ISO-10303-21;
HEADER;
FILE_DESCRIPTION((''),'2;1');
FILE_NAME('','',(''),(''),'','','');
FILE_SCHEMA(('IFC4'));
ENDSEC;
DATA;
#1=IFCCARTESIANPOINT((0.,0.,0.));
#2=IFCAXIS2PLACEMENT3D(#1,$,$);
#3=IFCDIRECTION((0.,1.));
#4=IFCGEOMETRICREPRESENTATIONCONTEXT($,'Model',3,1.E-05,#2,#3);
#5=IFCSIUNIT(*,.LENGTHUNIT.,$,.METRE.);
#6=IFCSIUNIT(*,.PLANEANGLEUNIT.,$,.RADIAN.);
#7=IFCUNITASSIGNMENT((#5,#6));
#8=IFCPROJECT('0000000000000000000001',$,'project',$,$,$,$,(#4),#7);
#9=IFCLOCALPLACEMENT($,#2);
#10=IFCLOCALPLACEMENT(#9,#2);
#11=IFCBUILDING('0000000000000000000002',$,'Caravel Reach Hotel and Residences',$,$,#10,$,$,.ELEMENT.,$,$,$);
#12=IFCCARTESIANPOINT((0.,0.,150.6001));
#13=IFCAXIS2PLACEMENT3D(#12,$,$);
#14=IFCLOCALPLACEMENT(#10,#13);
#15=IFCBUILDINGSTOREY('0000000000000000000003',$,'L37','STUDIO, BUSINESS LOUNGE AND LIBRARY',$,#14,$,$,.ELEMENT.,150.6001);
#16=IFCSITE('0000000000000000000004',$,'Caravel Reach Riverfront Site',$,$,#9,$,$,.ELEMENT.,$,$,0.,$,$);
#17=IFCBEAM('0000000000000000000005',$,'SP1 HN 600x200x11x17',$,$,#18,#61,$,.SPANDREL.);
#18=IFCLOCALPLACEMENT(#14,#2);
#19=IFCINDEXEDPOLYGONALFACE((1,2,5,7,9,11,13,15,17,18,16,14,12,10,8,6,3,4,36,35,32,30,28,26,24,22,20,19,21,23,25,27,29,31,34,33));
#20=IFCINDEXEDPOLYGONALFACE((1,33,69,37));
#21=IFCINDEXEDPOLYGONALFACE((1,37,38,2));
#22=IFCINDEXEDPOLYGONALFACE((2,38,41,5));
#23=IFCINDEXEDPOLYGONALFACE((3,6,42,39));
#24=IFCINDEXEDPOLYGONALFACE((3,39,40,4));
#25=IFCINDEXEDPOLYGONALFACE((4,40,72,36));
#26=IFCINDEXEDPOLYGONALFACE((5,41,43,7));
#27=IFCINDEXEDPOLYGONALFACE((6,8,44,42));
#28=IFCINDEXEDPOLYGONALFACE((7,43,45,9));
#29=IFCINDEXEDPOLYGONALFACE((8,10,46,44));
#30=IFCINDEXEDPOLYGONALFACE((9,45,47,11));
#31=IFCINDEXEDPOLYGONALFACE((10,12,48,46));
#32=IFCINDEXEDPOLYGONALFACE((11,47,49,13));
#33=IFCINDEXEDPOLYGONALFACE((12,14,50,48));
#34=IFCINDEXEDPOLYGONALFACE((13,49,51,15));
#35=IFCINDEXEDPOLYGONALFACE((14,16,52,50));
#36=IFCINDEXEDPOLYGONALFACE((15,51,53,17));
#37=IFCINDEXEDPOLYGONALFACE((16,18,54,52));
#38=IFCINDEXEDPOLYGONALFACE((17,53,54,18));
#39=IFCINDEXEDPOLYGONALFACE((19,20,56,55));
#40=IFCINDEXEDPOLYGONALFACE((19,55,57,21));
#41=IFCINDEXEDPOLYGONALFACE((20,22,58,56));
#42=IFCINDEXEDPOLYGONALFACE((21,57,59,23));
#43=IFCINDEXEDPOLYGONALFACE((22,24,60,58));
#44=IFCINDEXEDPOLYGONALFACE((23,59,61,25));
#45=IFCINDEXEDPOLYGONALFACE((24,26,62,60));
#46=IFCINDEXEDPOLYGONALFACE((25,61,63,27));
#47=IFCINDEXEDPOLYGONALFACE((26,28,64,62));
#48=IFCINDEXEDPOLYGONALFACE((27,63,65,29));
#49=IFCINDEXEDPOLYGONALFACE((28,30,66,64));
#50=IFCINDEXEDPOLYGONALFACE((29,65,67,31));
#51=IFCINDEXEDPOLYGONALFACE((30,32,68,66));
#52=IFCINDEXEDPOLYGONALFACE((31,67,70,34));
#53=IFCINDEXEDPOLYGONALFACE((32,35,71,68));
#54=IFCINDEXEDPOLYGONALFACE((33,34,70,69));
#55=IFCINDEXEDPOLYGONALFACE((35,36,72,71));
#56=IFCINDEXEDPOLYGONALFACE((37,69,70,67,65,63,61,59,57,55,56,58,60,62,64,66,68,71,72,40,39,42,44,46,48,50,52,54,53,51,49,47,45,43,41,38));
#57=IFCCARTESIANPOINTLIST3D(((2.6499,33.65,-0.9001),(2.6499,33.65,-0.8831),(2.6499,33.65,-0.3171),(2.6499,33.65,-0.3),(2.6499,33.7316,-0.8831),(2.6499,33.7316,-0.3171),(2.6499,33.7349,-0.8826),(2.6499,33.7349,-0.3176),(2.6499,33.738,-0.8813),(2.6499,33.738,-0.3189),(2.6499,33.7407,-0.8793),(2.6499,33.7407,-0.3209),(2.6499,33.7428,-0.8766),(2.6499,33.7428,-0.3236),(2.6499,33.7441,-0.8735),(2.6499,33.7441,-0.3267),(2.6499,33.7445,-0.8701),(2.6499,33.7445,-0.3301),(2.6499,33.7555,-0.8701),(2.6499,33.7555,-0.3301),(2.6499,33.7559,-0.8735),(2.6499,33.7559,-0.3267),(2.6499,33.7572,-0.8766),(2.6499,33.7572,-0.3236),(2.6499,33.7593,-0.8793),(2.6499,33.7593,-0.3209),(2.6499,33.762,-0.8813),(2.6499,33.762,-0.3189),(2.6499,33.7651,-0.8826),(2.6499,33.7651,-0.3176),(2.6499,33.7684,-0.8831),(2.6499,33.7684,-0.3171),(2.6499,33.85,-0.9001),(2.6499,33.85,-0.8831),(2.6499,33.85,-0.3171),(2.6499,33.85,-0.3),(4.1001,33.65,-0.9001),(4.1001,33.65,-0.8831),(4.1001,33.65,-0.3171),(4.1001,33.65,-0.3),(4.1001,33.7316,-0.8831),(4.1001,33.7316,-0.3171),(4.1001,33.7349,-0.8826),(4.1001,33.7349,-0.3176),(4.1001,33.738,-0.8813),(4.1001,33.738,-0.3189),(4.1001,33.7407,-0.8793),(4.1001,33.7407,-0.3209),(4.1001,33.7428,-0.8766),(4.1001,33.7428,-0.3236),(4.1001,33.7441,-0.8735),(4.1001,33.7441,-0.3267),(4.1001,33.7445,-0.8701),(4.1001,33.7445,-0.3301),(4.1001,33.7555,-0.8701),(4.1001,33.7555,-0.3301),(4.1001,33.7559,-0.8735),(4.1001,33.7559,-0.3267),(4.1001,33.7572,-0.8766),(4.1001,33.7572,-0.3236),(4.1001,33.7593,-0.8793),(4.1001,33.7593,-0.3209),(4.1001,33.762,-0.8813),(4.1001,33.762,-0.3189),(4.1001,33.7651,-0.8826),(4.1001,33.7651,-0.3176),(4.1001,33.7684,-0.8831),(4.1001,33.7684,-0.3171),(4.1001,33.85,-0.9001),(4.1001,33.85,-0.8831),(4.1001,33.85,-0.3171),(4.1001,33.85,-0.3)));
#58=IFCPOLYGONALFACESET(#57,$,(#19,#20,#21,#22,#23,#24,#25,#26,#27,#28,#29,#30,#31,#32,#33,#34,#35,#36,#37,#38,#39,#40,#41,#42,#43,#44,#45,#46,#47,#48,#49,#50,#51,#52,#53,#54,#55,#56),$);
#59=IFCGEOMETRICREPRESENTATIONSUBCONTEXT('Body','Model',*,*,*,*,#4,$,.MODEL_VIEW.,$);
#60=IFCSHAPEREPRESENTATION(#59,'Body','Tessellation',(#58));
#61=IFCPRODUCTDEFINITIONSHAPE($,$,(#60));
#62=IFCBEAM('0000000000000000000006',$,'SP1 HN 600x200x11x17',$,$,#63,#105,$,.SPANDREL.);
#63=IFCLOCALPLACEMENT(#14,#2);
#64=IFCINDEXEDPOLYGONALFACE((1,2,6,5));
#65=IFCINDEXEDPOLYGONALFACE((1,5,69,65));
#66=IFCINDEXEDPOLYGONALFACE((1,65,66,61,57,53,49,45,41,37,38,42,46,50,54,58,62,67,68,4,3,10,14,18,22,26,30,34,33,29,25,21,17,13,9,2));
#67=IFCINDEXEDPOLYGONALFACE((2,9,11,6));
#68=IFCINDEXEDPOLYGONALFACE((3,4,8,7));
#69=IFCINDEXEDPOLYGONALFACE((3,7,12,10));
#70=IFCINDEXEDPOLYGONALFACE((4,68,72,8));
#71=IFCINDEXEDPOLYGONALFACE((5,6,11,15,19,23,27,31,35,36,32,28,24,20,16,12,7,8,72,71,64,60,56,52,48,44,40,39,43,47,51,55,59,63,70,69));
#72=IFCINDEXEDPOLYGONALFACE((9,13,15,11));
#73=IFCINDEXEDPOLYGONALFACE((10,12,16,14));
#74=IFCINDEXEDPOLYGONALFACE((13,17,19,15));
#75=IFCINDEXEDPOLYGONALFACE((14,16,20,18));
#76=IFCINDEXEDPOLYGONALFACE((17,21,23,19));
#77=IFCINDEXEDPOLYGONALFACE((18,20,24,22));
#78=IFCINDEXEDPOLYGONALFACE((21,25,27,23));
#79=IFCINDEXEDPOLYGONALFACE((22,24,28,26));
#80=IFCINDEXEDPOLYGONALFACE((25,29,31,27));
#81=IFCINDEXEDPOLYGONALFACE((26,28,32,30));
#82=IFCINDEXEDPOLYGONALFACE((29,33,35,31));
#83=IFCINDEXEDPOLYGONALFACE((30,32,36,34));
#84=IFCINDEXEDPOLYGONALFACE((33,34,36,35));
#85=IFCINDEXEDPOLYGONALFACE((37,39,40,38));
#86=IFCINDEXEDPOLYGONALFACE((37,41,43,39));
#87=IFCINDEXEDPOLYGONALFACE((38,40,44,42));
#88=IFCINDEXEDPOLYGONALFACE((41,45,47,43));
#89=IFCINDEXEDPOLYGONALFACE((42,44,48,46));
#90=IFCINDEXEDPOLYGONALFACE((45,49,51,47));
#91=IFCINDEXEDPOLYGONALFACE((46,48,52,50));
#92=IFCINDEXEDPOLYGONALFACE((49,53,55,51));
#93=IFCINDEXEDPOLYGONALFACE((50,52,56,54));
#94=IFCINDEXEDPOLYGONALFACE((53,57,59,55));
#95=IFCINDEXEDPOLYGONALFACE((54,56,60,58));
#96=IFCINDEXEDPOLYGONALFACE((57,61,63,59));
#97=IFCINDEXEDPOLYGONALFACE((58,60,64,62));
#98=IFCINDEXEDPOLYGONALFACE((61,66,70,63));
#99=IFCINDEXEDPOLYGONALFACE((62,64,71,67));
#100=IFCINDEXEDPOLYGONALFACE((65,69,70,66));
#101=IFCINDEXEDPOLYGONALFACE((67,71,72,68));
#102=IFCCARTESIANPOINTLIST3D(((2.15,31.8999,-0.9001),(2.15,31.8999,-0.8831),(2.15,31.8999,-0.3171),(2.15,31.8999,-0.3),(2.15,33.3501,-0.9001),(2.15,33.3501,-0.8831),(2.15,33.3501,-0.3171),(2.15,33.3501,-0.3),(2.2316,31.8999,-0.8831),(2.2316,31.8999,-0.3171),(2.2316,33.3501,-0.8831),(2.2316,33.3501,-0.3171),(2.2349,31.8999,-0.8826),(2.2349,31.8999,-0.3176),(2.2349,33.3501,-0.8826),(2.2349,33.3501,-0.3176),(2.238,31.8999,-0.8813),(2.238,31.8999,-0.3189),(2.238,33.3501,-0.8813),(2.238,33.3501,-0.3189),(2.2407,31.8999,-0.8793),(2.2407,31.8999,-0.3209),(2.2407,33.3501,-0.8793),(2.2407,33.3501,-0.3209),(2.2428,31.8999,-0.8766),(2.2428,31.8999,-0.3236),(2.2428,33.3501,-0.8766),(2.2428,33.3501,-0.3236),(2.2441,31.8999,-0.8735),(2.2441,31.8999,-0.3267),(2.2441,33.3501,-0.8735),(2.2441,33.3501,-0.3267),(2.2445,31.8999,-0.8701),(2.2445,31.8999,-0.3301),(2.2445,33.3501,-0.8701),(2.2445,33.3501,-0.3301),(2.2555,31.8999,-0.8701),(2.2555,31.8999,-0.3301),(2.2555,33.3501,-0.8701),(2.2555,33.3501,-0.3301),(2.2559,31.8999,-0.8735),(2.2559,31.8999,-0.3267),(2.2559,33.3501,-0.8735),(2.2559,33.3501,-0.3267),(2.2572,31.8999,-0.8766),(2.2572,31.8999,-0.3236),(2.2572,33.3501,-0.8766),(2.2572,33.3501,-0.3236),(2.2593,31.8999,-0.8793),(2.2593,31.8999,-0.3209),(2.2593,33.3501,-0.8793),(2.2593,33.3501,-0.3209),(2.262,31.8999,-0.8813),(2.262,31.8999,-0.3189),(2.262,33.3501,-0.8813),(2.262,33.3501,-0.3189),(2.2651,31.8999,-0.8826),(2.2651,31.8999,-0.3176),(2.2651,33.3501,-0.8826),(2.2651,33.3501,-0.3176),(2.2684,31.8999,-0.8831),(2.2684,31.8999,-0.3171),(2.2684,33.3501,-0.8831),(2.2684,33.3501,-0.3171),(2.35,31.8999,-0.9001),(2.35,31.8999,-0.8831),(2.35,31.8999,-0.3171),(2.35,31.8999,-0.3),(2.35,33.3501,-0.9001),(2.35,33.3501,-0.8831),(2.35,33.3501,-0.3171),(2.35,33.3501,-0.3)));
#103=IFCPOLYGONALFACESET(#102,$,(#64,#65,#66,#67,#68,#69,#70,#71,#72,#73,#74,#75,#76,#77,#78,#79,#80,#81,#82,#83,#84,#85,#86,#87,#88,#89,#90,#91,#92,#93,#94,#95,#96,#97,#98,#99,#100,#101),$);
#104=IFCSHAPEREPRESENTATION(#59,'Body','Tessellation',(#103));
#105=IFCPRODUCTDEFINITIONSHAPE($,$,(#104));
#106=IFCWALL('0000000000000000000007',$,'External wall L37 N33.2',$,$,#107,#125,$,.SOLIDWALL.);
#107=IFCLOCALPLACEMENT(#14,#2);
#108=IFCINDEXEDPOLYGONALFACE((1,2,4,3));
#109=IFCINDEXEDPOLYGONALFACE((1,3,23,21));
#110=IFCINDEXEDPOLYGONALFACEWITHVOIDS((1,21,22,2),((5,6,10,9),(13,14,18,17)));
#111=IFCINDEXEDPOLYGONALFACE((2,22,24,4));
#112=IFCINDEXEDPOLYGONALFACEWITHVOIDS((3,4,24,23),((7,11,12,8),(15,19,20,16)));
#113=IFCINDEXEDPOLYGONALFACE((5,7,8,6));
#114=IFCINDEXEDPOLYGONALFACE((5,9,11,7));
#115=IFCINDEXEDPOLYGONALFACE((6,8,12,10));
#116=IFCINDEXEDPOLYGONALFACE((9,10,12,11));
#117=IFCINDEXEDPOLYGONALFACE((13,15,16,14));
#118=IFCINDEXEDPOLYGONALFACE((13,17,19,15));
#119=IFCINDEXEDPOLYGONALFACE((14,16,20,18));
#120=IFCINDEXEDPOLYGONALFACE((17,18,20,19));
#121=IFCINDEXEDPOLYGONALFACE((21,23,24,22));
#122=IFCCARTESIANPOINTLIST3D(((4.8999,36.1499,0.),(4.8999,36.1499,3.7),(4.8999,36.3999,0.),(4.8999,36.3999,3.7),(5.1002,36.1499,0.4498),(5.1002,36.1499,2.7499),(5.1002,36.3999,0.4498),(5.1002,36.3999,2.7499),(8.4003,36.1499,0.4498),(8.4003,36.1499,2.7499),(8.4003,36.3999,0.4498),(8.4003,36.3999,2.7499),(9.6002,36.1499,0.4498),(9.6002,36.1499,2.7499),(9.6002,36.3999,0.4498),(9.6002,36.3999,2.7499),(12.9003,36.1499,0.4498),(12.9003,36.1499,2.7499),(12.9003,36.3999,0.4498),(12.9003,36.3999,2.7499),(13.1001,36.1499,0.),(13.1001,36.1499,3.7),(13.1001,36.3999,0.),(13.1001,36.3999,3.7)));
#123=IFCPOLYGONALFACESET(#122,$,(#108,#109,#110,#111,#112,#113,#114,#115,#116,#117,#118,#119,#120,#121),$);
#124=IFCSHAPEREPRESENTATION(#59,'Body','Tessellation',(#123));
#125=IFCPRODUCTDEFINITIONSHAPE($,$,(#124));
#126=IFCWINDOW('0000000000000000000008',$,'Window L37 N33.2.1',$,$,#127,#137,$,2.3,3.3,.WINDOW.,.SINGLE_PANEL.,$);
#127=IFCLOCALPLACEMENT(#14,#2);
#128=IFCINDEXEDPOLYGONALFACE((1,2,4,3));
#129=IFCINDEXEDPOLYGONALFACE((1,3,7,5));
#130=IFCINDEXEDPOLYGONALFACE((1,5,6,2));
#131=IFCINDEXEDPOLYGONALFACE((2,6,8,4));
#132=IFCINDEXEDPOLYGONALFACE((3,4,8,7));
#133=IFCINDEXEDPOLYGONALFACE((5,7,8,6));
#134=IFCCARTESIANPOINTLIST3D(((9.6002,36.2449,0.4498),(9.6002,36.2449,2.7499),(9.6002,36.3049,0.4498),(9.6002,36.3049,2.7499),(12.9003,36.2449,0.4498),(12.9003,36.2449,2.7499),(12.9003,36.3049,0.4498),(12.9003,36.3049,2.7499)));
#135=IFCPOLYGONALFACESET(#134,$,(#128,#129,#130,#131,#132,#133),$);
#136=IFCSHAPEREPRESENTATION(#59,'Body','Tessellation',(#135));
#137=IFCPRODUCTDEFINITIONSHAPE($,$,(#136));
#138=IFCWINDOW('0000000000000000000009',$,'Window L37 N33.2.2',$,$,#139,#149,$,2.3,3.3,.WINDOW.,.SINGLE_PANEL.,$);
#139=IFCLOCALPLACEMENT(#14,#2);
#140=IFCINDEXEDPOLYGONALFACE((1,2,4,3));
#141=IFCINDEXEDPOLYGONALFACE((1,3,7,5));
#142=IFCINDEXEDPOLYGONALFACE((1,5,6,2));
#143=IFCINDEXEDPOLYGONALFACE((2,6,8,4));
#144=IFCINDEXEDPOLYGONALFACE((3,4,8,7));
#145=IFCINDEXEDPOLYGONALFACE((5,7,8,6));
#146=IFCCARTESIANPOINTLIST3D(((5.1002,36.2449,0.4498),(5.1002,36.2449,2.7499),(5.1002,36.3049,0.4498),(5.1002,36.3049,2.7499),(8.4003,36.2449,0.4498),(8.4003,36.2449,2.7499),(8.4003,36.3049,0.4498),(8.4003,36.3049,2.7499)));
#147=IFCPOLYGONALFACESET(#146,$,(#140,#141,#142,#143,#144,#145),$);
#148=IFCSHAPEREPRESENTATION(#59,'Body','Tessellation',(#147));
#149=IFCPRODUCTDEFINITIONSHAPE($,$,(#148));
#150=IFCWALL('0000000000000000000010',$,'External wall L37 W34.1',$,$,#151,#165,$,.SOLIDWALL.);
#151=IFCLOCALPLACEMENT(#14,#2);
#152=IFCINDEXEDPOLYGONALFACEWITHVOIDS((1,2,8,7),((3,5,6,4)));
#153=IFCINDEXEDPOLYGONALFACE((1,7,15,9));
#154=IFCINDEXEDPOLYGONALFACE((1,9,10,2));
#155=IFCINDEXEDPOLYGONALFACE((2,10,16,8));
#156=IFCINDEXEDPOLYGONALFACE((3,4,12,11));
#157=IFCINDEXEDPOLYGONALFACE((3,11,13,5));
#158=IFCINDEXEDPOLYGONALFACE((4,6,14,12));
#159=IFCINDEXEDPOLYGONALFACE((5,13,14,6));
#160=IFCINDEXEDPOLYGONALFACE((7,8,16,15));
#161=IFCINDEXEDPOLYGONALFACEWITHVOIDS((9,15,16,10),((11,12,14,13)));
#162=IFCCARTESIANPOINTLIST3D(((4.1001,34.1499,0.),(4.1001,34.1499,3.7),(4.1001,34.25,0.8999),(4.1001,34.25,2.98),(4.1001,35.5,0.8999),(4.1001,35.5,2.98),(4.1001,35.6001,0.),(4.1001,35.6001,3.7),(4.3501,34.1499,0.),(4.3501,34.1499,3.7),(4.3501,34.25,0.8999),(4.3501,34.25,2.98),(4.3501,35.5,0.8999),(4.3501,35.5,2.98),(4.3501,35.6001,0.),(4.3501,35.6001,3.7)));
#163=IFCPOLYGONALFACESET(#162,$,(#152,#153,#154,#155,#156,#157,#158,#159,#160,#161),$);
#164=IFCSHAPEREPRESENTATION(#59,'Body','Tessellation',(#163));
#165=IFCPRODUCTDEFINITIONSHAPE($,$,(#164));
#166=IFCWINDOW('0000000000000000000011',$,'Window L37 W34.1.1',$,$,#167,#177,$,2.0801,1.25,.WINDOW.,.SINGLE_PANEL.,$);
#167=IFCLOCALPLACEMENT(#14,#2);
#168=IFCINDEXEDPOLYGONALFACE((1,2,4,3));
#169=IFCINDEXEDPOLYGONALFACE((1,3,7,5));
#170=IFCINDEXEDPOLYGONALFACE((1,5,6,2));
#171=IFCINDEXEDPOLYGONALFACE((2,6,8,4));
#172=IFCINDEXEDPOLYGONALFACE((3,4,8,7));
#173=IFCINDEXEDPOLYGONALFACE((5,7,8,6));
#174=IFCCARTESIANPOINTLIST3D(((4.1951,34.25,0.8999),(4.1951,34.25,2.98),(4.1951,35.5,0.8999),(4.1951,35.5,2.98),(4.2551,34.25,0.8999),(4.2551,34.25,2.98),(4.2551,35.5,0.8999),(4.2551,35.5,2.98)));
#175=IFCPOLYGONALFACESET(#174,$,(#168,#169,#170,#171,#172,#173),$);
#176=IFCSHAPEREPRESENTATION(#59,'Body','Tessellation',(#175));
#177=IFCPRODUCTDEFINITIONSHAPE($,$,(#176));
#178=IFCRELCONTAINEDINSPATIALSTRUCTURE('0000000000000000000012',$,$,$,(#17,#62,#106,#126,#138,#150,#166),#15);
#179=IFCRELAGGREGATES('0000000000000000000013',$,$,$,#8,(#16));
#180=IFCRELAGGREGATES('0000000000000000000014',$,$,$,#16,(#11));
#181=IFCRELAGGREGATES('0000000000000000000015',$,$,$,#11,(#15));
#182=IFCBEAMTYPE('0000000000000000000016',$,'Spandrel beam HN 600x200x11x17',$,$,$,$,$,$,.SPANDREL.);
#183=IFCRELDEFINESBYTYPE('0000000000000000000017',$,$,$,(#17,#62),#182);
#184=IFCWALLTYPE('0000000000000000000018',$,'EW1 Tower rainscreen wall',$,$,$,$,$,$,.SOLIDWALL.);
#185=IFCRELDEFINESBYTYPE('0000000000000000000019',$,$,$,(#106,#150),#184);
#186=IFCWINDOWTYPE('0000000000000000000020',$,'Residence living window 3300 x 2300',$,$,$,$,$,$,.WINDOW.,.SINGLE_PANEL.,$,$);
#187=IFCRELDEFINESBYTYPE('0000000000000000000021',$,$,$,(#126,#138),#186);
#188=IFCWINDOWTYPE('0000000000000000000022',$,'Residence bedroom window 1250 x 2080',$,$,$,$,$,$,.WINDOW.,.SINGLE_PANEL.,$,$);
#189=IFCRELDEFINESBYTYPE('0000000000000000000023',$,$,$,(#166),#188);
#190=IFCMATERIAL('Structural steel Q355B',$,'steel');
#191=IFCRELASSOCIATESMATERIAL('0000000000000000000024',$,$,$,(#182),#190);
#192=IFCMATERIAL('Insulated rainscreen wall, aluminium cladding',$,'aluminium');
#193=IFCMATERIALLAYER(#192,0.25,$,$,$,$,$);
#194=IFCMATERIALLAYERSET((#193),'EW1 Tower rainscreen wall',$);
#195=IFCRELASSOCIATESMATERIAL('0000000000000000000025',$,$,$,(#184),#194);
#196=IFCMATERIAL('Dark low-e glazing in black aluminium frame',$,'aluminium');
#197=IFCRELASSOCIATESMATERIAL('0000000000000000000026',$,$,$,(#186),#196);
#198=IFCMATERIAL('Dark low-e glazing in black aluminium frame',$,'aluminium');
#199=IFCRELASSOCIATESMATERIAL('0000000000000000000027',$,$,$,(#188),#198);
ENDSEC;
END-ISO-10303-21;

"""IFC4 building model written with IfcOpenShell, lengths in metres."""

from ifc_helpers import new_model, si_unit, direction, frame, frame_2d, origin, origin_2d, place, context, subcontext, project, spatial, rectangle, i_section, extrude, material, layer, layer_set, material_profile, profile_set, type_object, element, fill, save


model = new_model("IFC4")

# Units and contexts
model_context = context("Model", 3, precision=1e-05, world=origin(), true_north=direction((0.0, 1.0)))
body_context = subcontext(model_context, "Body", "Model", "MODEL_VIEW")
ifc_project = project(units=[si_unit("LENGTHUNIT", "METRE"), si_unit("PLANEANGLEUNIT", "RADIAN")], contexts=[model_context])

# Site, building, storey
site_placement = place(None, origin())
site = spatial("IfcSite", under=ifc_project, at=site_placement, Name="Caravel Reach Riverfront Site", CompositionType="ELEMENT", RefElevation=0.0)
building_placement = place(site_placement, origin())
building = spatial("IfcBuilding", under=site, at=building_placement, Name="Caravel Reach Hotel and Residences", CompositionType="ELEMENT")
storey_placement = place(building_placement, frame((0.0, 0.0, 150.6001)))
storey = spatial("IfcBuildingStorey", under=building, at=storey_placement, Name="L37", Description="STUDIO, BUSINESS LOUNGE AND LIBRARY", CompositionType="ELEMENT", Elevation=150.6001)

# Beams
ifc_material_1 = material(Name="Structural steel Q355B", Category="steel")
ifc_material_profile_1 = material_profile(ifc_material_1, i_section(OverallWidth=0.2, OverallDepth=0.6001, WebThickness=0.011, FlangeThickness=0.0171, FilletRadius=0.0129, at=origin_2d()), Name="HN 600x200x11x17")
ifc_profile_set_1 = profile_set([ifc_material_profile_1], Name="Structural steel Q355B")
beam_type_1 = type_object("IfcBeamType", Name="Spandrel beam HN 600x200x11x17", PredefinedType="SPANDREL", material=ifc_profile_set_1)
for number, where, z_axis, x_axis, name in (
    (1, (4.1001, 33.75, -0.6001), (-1.0, 0.0, 0.0), (0.0, -1.0, 0.0), "SP1 HN 600x200x11x17"),
    (2, (2.25, 33.3501, -0.6001), (0.0, -1.0, 0.0), (1.0, 0.0, 0.0), "SP1 HN 600x200x11x17"),
):
    element("IfcBeam", number, at=place(storey_placement, frame(where, z_axis=z_axis, x_axis=x_axis)), inside=storey, type_object=beam_type_1, Name=name, PredefinedType="SPANDREL", context=body_context, shape_type="SweptSolid", body=[
        extrude(i_section(OverallWidth=0.2, OverallDepth=0.6001, WebThickness=0.011, FlangeThickness=0.0171, FilletRadius=0.0129, at=origin_2d()), origin(), (0.0, 0.0, 1.0), 1.4502),
    ])

# Wall, openings, windows
ifc_material_2 = material(Name="Insulated rainscreen wall, aluminium cladding", Category="aluminium")
ifc_layer_1 = layer(ifc_material_2, 0.25)
ifc_layer_set_1 = layer_set([ifc_layer_1], Name="EW1 Tower rainscreen wall")
wall_type_1 = type_object("IfcWallType", Name="EW1 Tower rainscreen wall", PredefinedType="SOLIDWALL", material=ifc_layer_set_1)
wall_1_placement = place(storey_placement, frame((13.1001, 36.2749, 0.0), z_axis=(0.0, 0.0, 1.0), x_axis=(-1.0, 0.0, 0.0)))
wall_1 = element("IfcWall", 3, at=wall_1_placement, inside=storey, type_object=wall_type_1, Name="External wall L37 N33.2", PredefinedType="SOLIDWALL", context=body_context, shape_type="SweptSolid", body=[
    extrude(rectangle(XDim=8.2002, YDim=0.25, at=frame_2d((4.1001, 0.0))), origin(), (0.0, 0.0, 1.0), 3.7),
])
opening_1_placement = place(wall_1_placement, frame((0.2, 0.0, 0.45)))
opening_1 = element("IfcOpeningElement", 4, at=opening_1_placement, cuts=wall_1, PredefinedType="OPENING", context=body_context, shape_type="SweptSolid", body=[
    extrude(rectangle(XDim=3.3, YDim=2.3, at=frame_2d((1.6499, 1.1499))), frame((0.0, 0.135, 0.0), z_axis=(0.0, -1.0, 0.0), x_axis=(1.0, 0.0, 0.0)), (0.0, 0.0, 1.0), 0.27),
])
opening_2_placement = place(wall_1_placement, frame((4.7, 0.0, 0.45)))
opening_2 = element("IfcOpeningElement", 5, at=opening_2_placement, cuts=wall_1, PredefinedType="OPENING", context=body_context, shape_type="SweptSolid", body=[
    extrude(rectangle(XDim=3.3, YDim=2.3, at=frame_2d((1.6499, 1.1499))), frame((0.0, 0.135, 0.0), z_axis=(0.0, -1.0, 0.0), x_axis=(1.0, 0.0, 0.0)), (0.0, 0.0, 1.0), 0.27),
])
ifc_material_3 = material(Name="Dark low-e glazing in black aluminium frame", Category="aluminium")
window_type_1 = type_object("IfcWindowType", Name="Residence living window 3300 x 2300", PartitioningType="SINGLE_PANEL", PredefinedType="WINDOW", material=ifc_material_3)
window_1_placement = place(opening_1_placement, origin())
window_1 = element("IfcWindow", 6, at=window_1_placement, inside=storey, type_object=window_type_1, Name="Window L37 N33.2.1", OverallHeight=2.3, OverallWidth=3.3, PartitioningType="SINGLE_PANEL", PredefinedType="WINDOW", context=body_context, shape_type="SweptSolid", body=[
    extrude(rectangle(XDim=3.3, YDim=2.3, at=frame_2d((1.6499, 1.1499))), frame((0.0, 0.03, 0.0), z_axis=(0.0, -1.0, 0.0), x_axis=(1.0, 0.0, 0.0)), (0.0, 0.0, 1.0), 0.0601),
])
fill(opening_1, window_1)
window_2_placement = place(opening_2_placement, origin())
window_2 = element("IfcWindow", 7, at=window_2_placement, inside=storey, type_object=window_type_1, Name="Window L37 N33.2.2", OverallHeight=2.3, OverallWidth=3.3, PartitioningType="SINGLE_PANEL", PredefinedType="WINDOW", context=body_context, shape_type="SweptSolid", body=[
    extrude(rectangle(XDim=3.3, YDim=2.3, at=frame_2d((1.6499, 1.1499))), frame((0.0, 0.03, 0.0), z_axis=(0.0, -1.0, 0.0), x_axis=(1.0, 0.0, 0.0)), (0.0, 0.0, 1.0), 0.0601),
])
fill(opening_2, window_2)

# Wall, opening, window
wall_2_placement = place(storey_placement, frame((4.2251, 35.6001, 0.0), z_axis=(0.0, 0.0, 1.0), x_axis=(0.0, -1.0, 0.0)))
wall_2 = element("IfcWall", 8, at=wall_2_placement, inside=storey, type_object=wall_type_1, Name="External wall L37 W34.1", PredefinedType="SOLIDWALL", context=body_context, shape_type="SweptSolid", body=[
    extrude(rectangle(XDim=1.4502, YDim=0.25, at=frame_2d((0.7251, 0.0))), origin(), (0.0, 0.0, 1.0), 3.7),
])
opening_3_placement = place(wall_2_placement, frame((0.1001, 0.0, 0.8999)))
opening_3 = element("IfcOpeningElement", 9, at=opening_3_placement, cuts=wall_2, PredefinedType="OPENING", context=body_context, shape_type="SweptSolid", body=[
    extrude(rectangle(XDim=1.25, YDim=2.0801, at=frame_2d((0.625, 1.04))), frame((0.0, 0.135, 0.0), z_axis=(0.0, -1.0, 0.0), x_axis=(1.0, 0.0, 0.0)), (0.0, 0.0, 1.0), 0.27),
])
ifc_material_4 = material(Name="Dark low-e glazing in black aluminium frame", Category="aluminium")
window_type_2 = type_object("IfcWindowType", Name="Residence bedroom window 1250 x 2080", PartitioningType="SINGLE_PANEL", PredefinedType="WINDOW", material=ifc_material_4)
window_3_placement = place(opening_3_placement, origin())
window_3 = element("IfcWindow", 10, at=window_3_placement, inside=storey, type_object=window_type_2, Name="Window L37 W34.1.1", OverallHeight=2.0801, OverallWidth=1.25, PartitioningType="SINGLE_PANEL", PredefinedType="WINDOW", context=body_context, shape_type="SweptSolid", body=[
    extrude(rectangle(XDim=1.25, YDim=2.0801, at=frame_2d((0.625, 1.04))), frame((0.0, 0.03, 0.0), z_axis=(0.0, -1.0, 0.0), x_axis=(1.0, 0.0, 0.0)), (0.0, 0.0, 1.0), 0.0601),
])
fill(opening_3, window_3)

save(model, "model.ifc")
